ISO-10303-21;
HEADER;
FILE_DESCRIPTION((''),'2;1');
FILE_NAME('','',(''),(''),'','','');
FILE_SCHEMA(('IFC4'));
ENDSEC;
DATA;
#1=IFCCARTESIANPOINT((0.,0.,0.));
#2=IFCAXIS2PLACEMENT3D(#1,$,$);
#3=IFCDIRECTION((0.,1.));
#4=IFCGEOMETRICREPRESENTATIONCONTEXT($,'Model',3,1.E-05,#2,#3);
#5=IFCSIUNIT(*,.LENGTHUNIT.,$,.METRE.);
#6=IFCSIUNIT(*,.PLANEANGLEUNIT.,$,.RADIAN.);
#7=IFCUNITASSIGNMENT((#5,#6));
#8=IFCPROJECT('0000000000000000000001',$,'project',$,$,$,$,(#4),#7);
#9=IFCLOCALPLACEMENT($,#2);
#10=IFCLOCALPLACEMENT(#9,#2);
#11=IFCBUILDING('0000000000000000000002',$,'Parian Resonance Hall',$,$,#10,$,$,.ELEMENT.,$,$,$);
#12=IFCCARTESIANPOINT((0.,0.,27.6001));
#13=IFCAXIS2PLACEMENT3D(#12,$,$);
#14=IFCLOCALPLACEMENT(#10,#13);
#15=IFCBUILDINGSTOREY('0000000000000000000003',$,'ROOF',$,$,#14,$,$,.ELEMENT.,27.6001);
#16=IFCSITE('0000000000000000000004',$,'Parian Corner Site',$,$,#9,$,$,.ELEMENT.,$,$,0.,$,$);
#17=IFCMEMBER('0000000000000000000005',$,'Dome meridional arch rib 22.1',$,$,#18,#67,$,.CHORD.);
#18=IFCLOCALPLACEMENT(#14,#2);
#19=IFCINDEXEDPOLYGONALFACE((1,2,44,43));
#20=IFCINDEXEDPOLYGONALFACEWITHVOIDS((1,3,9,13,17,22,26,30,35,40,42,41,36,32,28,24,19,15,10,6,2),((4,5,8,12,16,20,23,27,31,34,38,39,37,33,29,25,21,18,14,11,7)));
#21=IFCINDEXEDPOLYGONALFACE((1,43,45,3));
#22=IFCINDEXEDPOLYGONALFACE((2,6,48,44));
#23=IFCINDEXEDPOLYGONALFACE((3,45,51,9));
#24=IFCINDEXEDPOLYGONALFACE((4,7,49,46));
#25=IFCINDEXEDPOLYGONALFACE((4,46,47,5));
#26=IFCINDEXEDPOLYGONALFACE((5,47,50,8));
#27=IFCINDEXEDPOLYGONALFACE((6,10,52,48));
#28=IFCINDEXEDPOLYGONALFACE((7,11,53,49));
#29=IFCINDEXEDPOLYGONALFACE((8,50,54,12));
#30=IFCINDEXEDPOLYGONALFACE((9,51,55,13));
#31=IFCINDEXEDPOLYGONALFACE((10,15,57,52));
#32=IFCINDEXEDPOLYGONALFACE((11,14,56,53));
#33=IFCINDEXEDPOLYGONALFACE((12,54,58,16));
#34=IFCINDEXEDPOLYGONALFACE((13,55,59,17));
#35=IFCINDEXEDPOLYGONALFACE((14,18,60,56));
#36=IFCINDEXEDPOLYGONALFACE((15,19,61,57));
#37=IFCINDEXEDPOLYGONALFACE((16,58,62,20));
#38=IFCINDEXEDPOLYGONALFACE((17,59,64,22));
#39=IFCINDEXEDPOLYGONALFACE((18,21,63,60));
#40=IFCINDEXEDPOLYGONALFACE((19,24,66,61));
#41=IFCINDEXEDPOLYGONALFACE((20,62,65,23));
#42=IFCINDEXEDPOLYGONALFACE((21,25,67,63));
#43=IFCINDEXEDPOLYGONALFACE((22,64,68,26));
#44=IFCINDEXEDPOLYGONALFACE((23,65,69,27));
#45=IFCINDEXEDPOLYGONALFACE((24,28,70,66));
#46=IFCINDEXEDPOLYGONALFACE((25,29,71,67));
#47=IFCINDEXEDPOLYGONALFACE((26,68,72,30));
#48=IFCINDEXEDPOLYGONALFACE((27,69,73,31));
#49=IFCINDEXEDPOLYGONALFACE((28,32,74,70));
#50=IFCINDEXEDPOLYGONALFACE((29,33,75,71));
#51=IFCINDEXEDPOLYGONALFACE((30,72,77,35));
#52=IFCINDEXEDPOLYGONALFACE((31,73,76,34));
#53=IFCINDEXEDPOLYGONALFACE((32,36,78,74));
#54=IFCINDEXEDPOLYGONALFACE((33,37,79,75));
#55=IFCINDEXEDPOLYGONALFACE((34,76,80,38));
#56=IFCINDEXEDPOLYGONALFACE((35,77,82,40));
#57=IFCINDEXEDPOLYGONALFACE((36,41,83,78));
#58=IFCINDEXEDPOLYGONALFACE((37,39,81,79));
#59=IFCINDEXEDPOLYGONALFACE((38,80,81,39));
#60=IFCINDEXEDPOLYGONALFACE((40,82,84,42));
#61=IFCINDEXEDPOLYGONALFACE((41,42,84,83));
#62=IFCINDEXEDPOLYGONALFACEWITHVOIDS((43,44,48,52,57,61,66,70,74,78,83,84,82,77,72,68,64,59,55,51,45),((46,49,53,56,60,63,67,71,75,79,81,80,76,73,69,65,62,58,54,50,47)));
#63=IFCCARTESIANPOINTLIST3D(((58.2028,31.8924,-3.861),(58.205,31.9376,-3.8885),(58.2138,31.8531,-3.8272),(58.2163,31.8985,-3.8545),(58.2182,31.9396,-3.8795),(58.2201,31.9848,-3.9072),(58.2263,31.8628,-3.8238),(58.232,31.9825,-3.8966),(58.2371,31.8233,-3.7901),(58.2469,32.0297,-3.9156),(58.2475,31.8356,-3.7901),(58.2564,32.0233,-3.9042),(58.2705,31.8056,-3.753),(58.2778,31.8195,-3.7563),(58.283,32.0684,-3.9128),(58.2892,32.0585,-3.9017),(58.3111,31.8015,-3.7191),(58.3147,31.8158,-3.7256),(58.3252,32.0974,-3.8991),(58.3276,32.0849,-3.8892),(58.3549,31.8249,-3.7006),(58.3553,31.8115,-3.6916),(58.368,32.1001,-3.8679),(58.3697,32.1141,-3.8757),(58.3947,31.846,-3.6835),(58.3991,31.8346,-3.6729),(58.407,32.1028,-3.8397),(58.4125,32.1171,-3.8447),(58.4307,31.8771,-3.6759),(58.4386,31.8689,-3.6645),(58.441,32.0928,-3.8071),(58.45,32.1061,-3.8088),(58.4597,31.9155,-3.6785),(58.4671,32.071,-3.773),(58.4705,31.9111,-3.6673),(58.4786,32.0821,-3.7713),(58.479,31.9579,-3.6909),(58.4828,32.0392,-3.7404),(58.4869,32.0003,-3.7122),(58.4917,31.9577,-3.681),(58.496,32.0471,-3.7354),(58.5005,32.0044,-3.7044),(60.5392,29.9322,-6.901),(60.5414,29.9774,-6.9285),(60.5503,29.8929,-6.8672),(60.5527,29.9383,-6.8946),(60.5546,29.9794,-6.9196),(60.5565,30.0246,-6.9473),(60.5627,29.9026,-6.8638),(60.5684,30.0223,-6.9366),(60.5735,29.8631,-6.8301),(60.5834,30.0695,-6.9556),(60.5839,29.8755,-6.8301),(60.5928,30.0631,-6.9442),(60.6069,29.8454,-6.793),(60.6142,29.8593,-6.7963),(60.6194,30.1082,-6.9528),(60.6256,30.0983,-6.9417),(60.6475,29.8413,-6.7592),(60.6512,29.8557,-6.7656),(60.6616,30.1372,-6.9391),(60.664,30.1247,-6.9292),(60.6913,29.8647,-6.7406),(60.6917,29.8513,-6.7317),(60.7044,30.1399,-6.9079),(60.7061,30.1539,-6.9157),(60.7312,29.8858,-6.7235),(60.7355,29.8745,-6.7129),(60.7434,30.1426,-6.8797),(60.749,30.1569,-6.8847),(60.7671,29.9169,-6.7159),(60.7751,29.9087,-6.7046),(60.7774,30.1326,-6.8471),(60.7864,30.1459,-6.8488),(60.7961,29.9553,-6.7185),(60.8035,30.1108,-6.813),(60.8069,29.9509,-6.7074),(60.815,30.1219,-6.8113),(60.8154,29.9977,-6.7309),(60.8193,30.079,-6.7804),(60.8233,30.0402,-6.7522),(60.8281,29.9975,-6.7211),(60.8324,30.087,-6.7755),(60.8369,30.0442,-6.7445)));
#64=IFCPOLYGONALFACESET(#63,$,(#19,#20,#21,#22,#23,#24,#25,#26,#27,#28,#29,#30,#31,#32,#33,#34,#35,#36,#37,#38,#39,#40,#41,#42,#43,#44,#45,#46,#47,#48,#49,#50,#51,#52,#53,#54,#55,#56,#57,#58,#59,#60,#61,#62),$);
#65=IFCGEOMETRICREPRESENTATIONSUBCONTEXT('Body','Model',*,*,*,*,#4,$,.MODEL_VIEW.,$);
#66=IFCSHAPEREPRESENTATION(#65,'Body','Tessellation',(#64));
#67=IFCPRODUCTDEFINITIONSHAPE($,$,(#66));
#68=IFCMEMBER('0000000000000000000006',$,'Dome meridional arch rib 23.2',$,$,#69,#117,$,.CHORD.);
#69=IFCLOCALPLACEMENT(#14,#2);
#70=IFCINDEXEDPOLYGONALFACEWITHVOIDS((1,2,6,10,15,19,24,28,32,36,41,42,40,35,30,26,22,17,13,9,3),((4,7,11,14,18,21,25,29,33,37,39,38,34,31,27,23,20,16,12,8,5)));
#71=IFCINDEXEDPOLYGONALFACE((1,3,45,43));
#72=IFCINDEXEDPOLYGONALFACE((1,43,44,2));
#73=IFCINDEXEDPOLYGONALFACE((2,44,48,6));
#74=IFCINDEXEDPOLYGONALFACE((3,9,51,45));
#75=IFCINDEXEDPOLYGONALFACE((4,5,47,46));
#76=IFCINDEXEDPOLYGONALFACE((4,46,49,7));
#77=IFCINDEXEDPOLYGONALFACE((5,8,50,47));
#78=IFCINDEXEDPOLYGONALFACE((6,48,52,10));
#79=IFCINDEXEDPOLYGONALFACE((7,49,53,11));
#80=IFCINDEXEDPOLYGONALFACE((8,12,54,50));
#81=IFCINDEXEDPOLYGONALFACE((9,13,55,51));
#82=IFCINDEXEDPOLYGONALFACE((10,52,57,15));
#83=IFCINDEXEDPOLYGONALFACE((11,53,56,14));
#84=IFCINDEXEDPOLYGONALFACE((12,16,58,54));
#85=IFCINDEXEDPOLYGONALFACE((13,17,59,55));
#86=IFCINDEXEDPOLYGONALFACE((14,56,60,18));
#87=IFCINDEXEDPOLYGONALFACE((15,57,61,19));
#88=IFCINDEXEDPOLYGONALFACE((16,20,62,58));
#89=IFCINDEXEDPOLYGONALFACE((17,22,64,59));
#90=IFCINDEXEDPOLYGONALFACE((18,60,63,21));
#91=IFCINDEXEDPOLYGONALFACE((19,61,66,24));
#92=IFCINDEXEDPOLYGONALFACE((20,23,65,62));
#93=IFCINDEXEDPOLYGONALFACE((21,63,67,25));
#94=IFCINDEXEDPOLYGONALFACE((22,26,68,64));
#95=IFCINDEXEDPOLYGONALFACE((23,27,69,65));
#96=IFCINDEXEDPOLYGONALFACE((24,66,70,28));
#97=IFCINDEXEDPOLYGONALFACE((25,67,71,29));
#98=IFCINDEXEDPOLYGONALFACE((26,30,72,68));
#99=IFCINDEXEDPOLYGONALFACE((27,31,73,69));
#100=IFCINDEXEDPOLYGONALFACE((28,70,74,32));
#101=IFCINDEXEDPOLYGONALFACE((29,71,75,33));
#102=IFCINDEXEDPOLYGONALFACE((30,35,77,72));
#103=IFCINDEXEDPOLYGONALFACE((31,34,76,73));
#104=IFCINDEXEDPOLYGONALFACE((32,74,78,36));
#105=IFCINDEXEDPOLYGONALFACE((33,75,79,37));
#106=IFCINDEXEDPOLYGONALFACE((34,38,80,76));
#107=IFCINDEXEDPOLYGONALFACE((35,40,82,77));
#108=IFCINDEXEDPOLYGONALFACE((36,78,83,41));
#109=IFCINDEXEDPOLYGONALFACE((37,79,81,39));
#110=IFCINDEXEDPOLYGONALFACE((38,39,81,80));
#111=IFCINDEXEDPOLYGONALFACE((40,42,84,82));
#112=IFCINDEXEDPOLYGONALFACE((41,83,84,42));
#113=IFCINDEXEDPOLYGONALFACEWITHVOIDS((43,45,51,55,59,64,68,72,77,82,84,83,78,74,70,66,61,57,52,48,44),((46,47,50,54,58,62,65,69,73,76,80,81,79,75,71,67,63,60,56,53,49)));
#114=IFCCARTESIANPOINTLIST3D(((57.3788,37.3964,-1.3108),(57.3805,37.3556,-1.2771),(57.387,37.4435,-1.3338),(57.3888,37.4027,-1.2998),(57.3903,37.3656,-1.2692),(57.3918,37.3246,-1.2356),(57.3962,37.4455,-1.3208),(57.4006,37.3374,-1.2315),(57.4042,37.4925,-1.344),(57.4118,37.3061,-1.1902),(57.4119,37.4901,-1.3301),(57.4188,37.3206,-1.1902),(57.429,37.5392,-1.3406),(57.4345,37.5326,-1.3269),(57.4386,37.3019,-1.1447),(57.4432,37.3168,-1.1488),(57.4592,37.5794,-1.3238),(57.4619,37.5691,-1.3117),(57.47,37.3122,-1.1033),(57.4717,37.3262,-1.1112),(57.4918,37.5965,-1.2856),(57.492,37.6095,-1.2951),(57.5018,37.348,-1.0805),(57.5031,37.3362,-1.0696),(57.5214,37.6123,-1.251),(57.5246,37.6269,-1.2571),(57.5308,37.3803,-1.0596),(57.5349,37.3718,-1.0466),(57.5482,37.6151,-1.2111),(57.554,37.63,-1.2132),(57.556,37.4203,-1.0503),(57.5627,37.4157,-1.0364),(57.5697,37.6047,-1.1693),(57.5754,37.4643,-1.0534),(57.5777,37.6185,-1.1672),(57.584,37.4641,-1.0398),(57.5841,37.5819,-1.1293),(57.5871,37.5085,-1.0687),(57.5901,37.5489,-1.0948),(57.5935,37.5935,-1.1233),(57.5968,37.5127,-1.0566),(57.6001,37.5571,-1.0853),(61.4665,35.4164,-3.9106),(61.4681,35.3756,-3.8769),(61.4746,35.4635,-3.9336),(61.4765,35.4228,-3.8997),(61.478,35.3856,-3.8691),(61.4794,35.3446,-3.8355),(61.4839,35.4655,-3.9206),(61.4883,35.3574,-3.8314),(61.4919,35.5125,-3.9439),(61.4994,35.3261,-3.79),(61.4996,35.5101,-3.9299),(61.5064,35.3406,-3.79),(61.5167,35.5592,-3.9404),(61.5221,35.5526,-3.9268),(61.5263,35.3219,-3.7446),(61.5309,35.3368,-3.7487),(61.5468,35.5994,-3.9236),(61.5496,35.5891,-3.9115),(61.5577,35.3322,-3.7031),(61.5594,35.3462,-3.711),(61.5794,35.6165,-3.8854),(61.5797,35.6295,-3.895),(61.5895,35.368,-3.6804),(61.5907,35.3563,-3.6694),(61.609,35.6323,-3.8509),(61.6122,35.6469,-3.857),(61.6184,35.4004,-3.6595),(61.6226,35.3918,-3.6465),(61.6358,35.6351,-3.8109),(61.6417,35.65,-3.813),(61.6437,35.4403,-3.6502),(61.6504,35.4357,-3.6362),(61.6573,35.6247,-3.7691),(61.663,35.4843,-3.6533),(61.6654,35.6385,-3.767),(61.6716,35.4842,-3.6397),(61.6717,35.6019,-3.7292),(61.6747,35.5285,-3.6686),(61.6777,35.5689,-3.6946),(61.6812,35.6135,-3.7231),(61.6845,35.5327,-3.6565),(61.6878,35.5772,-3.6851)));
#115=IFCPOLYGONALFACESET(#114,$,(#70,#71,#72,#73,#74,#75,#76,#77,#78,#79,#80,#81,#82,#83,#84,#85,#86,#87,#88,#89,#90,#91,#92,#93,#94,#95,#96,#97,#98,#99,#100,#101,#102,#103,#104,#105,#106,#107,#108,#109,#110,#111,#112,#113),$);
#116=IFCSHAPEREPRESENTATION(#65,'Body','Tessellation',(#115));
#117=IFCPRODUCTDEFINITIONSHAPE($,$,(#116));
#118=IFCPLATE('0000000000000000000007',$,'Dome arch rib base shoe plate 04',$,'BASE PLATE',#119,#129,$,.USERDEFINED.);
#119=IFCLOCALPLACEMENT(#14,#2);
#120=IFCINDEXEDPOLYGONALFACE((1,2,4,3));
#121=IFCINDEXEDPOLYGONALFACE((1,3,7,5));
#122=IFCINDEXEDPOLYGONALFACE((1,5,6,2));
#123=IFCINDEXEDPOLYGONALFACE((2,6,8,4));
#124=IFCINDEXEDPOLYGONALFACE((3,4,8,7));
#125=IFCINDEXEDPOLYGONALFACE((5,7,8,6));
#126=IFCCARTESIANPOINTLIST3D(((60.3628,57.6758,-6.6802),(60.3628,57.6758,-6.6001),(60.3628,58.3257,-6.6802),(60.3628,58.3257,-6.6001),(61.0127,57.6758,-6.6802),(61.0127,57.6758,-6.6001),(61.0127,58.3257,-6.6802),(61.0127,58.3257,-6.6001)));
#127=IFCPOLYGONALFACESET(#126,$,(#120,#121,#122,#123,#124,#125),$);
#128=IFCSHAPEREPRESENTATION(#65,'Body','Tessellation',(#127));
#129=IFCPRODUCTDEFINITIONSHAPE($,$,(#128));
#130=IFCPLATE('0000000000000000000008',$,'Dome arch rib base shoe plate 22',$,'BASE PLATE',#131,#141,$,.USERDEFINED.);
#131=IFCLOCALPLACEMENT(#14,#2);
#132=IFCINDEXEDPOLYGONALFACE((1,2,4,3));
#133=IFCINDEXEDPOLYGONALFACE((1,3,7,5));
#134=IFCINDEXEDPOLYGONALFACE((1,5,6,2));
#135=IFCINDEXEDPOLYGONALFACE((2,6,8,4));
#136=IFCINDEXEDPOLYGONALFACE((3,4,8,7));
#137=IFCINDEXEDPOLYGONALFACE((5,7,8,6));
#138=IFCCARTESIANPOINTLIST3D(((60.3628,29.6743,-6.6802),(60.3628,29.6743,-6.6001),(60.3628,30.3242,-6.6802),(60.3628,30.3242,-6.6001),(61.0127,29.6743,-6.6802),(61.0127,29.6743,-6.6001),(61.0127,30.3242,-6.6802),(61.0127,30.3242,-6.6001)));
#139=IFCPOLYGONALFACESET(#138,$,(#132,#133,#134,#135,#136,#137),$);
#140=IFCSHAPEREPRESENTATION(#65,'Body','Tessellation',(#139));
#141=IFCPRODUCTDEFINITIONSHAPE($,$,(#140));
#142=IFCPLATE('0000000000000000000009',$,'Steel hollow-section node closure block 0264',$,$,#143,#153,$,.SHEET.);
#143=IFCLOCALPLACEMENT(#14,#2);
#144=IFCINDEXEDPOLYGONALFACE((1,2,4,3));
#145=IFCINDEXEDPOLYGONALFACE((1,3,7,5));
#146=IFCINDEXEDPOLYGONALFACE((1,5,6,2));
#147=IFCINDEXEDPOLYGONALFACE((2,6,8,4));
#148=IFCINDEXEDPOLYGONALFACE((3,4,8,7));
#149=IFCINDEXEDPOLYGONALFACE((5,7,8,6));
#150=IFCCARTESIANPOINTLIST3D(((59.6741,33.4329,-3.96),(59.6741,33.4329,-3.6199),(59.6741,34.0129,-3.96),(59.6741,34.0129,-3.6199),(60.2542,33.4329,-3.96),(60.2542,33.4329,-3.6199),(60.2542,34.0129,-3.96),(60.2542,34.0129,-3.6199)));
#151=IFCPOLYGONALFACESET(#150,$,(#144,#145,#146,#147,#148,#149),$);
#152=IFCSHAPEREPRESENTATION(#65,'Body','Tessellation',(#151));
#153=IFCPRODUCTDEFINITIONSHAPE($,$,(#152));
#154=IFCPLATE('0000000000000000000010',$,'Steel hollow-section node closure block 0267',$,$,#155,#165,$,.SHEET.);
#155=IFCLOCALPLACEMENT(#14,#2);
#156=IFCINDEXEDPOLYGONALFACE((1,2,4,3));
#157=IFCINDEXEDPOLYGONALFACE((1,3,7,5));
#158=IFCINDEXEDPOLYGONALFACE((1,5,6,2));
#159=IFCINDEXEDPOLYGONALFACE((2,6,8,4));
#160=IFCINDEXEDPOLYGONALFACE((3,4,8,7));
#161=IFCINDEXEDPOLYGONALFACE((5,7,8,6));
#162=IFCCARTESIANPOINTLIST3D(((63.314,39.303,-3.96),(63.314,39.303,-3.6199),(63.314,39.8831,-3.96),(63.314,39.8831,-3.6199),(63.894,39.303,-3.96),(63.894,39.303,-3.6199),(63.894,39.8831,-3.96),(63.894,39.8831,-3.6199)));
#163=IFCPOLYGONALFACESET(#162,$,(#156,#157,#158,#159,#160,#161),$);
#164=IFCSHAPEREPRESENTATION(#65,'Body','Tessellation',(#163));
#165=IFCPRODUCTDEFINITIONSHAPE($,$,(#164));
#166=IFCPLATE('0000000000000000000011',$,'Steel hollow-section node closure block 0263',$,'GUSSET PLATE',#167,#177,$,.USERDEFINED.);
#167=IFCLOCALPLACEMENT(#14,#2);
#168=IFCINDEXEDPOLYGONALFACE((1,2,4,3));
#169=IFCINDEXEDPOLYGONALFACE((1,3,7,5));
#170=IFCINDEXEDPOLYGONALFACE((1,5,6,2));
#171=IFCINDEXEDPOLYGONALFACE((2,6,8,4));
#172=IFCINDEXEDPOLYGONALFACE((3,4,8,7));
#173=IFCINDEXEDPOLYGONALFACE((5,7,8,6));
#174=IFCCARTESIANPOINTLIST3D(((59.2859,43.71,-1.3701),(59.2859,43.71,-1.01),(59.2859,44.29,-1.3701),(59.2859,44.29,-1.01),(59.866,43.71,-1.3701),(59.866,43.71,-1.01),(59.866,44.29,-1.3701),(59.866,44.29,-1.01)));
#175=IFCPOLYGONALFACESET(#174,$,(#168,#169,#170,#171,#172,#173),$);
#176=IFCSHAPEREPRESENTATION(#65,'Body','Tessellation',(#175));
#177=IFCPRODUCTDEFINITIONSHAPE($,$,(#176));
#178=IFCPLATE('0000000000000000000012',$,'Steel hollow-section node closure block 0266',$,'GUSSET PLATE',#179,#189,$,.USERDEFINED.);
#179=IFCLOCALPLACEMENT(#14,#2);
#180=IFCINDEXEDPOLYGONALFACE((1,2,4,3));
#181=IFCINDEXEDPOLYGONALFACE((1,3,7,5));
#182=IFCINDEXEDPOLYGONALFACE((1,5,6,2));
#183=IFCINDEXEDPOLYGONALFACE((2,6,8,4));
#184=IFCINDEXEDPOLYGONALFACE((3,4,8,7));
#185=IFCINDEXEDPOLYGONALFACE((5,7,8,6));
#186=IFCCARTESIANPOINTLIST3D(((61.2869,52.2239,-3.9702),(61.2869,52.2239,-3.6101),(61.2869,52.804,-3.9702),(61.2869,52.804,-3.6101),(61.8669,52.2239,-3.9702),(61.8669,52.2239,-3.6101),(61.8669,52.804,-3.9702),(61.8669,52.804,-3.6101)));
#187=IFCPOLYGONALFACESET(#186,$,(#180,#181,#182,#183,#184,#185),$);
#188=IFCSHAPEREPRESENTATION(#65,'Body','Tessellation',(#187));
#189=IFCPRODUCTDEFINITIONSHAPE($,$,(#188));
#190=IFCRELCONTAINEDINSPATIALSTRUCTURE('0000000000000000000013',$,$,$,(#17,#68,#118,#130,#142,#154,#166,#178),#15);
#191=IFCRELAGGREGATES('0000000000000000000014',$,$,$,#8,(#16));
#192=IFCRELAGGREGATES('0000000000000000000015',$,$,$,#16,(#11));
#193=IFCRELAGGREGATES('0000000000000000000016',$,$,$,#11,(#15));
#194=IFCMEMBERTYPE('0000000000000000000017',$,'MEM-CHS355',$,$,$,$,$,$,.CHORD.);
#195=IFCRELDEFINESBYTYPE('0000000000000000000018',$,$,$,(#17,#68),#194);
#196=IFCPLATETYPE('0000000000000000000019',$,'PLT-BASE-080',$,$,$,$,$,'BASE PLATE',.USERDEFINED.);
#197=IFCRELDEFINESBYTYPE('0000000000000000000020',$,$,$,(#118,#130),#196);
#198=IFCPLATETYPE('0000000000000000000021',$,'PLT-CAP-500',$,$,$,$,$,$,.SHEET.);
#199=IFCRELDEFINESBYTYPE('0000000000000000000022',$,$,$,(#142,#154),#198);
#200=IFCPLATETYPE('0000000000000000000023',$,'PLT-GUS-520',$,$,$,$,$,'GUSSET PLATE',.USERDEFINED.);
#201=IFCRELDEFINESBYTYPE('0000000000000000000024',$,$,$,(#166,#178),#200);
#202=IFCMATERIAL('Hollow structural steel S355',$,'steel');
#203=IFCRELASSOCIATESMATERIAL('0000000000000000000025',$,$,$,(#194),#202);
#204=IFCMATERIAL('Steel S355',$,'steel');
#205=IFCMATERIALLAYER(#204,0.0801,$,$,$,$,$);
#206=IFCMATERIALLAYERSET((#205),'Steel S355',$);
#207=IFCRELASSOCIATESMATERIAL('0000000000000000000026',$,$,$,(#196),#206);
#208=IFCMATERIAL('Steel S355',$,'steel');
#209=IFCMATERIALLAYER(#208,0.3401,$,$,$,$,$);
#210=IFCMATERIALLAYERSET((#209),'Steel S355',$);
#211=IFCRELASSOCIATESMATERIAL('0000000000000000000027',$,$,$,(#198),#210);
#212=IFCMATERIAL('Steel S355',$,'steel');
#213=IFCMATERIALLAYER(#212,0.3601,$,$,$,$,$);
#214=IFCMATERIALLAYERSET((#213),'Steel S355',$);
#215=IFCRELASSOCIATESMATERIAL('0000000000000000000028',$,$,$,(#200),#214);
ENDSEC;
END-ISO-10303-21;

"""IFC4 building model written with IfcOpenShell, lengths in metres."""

from ifc_helpers import new_model, si_unit, direction, frame, origin, origin_2d, place, context, subcontext, project, spatial, rectangle, hollow_circle, extrude, material, layer, layer_set, material_profile, profile_set, type_object, element, save


model = new_model("IFC4")

# Units and contexts
model_context = context("Model", 3, precision=1e-05, world=origin(), true_north=direction((0.0, 1.0)))
body_context = subcontext(model_context, "Body", "Model", "MODEL_VIEW")
ifc_project = project(units=[si_unit("LENGTHUNIT", "METRE"), si_unit("PLANEANGLEUNIT", "RADIAN")], contexts=[model_context])

# Site, building, storey
site_placement = place(None, origin())
site = spatial("IfcSite", under=ifc_project, at=site_placement, Name="Parian Corner Site", CompositionType="ELEMENT", RefElevation=0.0)
building_placement = place(site_placement, origin())
building = spatial("IfcBuilding", under=site, at=building_placement, Name="Parian Resonance Hall", CompositionType="ELEMENT")
storey_placement = place(building_placement, frame((0.0, 0.0, 27.6001)))
storey = spatial("IfcBuildingStorey", under=building, at=storey_placement, Name="ROOF", CompositionType="ELEMENT", Elevation=27.6001)

# Members
ifc_material_1 = material(Name="Hollow structural steel S355", Category="steel")
ifc_material_profile_1 = material_profile(ifc_material_1, hollow_circle(Radius=0.1777, WallThickness=0.0161, at=origin_2d()), Name="CHS355.6x16")
ifc_profile_set_1 = profile_set([ifc_material_profile_1], Name="Hollow structural steel S355")
member_type_1 = type_object("IfcMemberType", Name="MEM-CHS355", PredefinedType="CHORD", material=ifc_profile_set_1)
for number, where, z_axis, x_axis, name in (
    (1, (60.6877, 29.9993, -6.8301), (-0.542576, 0.455208, 0.705972), (-0.642732, -0.766091, 0.0), "Dome meridional arch rib 22.1"),
):
    element("IfcMember", number, at=place(storey_placement, frame(where, z_axis=z_axis, x_axis=x_axis)), inside=storey, type_object=member_type_1, Name=name, PredefinedType="CHORD", context=body_context, shape_type="SweptSolid", body=[
        extrude(hollow_circle(Radius=0.1777, WallThickness=0.0161, at=origin_2d()), origin(), (0.0, 0.0, 1.0), 4.3062),
    ])
member_1_placement = place(storey_placement, frame((61.5769, 35.4861, -3.79), z_axis=(-0.78107, 0.378336, 0.496782), x_axis=(-0.435933, -0.899979, 0.0)))
element("IfcMember", 2, at=member_1_placement, inside=storey, type_object=member_type_1, Name="Dome meridional arch rib 23.2", PredefinedType="CHORD", context=body_context, shape_type="SweptSolid", body=[
    extrude(hollow_circle(Radius=0.1777, WallThickness=0.0161, at=origin_2d()), origin(), (0.0, 0.0, 1.0), 5.2334),
])

# Plates
ifc_material_2 = material(Name="Steel S355", Category="steel")
ifc_layer_1 = layer(ifc_material_2, 0.0801)
ifc_layer_set_1 = layer_set([ifc_layer_1], Name="Steel S355")
plate_type_1 = type_object("IfcPlateType", Name="PLT-BASE-080", ElementType="BASE PLATE", PredefinedType="USERDEFINED", material=ifc_layer_set_1)
for number, where, z_axis, x_axis, name in (
    (3, (60.6877, 58.0007, -6.6802), (0.0, 0.0, 1.0), (1.0, 0.0, 0.0), "Dome arch rib base shoe plate 04"),
    (4, (60.6877, 29.9993, -6.6802), (0.0, 0.0, 1.0), (1.0, 0.0, 0.0), "Dome arch rib base shoe plate 22"),
):
    element("IfcPlate", number, at=place(storey_placement, frame(where, z_axis=z_axis, x_axis=x_axis)), inside=storey, type_object=plate_type_1, Name=name, ObjectType="BASE PLATE", PredefinedType="USERDEFINED", context=body_context, shape_type="SweptSolid", body=[
        extrude(rectangle(XDim=0.6499, YDim=0.6499, at=origin_2d()), origin(), (0.0, 0.0, 1.0), 0.0801),
    ])
ifc_material_3 = material(Name="Steel S355", Category="steel")
ifc_layer_2 = layer(ifc_material_3, 0.3401)
ifc_layer_set_2 = layer_set([ifc_layer_2], Name="Steel S355")
plate_type_2 = type_object("IfcPlateType", Name="PLT-CAP-500", PredefinedType="SHEET", material=ifc_layer_set_2)
for number, where, z_axis, x_axis, name in (
    (5, (59.9641, 33.7229, -3.96), (0.0, 0.0, 1.0), (1.0, 0.0, 0.0), "Steel hollow-section node closure block 0264"),
    (6, (63.604, 39.593, -3.96), (0.0, 0.0, 1.0), (1.0, 0.0, 0.0), "Steel hollow-section node closure block 0267"),
):
    element("IfcPlate", number, at=place(storey_placement, frame(where, z_axis=z_axis, x_axis=x_axis)), inside=storey, type_object=plate_type_2, Name=name, PredefinedType="SHEET", context=body_context, shape_type="SweptSolid", body=[
        extrude(rectangle(XDim=0.5801, YDim=0.5801, at=origin_2d()), origin(), (0.0, 0.0, 1.0), 0.3401),
    ])
ifc_material_4 = material(Name="Steel S355", Category="steel")
ifc_layer_3 = layer(ifc_material_4, 0.3601)
ifc_layer_set_3 = layer_set([ifc_layer_3], Name="Steel S355")
plate_type_3 = type_object("IfcPlateType", Name="PLT-GUS-520", ElementType="GUSSET PLATE", PredefinedType="USERDEFINED", material=ifc_layer_set_3)
for number, where, z_axis, x_axis, name in (
    (7, (59.5759, 44.0, -1.3701), (0.0, 0.0, 1.0), (1.0, 0.0, 0.0), "Steel hollow-section node closure block 0263"),
    (8, (61.5769, 52.5139, -3.9702), (0.0, 0.0, 1.0), (1.0, 0.0, 0.0), "Steel hollow-section node closure block 0266"),
):
    element("IfcPlate", number, at=place(storey_placement, frame(where, z_axis=z_axis, x_axis=x_axis)), inside=storey, type_object=plate_type_3, Name=name, ObjectType="GUSSET PLATE", PredefinedType="USERDEFINED", context=body_context, shape_type="SweptSolid", body=[
        extrude(rectangle(XDim=0.5801, YDim=0.5801, at=origin_2d()), origin(), (0.0, 0.0, 1.0), 0.3601),
    ])

save(model, "model.ifc")
